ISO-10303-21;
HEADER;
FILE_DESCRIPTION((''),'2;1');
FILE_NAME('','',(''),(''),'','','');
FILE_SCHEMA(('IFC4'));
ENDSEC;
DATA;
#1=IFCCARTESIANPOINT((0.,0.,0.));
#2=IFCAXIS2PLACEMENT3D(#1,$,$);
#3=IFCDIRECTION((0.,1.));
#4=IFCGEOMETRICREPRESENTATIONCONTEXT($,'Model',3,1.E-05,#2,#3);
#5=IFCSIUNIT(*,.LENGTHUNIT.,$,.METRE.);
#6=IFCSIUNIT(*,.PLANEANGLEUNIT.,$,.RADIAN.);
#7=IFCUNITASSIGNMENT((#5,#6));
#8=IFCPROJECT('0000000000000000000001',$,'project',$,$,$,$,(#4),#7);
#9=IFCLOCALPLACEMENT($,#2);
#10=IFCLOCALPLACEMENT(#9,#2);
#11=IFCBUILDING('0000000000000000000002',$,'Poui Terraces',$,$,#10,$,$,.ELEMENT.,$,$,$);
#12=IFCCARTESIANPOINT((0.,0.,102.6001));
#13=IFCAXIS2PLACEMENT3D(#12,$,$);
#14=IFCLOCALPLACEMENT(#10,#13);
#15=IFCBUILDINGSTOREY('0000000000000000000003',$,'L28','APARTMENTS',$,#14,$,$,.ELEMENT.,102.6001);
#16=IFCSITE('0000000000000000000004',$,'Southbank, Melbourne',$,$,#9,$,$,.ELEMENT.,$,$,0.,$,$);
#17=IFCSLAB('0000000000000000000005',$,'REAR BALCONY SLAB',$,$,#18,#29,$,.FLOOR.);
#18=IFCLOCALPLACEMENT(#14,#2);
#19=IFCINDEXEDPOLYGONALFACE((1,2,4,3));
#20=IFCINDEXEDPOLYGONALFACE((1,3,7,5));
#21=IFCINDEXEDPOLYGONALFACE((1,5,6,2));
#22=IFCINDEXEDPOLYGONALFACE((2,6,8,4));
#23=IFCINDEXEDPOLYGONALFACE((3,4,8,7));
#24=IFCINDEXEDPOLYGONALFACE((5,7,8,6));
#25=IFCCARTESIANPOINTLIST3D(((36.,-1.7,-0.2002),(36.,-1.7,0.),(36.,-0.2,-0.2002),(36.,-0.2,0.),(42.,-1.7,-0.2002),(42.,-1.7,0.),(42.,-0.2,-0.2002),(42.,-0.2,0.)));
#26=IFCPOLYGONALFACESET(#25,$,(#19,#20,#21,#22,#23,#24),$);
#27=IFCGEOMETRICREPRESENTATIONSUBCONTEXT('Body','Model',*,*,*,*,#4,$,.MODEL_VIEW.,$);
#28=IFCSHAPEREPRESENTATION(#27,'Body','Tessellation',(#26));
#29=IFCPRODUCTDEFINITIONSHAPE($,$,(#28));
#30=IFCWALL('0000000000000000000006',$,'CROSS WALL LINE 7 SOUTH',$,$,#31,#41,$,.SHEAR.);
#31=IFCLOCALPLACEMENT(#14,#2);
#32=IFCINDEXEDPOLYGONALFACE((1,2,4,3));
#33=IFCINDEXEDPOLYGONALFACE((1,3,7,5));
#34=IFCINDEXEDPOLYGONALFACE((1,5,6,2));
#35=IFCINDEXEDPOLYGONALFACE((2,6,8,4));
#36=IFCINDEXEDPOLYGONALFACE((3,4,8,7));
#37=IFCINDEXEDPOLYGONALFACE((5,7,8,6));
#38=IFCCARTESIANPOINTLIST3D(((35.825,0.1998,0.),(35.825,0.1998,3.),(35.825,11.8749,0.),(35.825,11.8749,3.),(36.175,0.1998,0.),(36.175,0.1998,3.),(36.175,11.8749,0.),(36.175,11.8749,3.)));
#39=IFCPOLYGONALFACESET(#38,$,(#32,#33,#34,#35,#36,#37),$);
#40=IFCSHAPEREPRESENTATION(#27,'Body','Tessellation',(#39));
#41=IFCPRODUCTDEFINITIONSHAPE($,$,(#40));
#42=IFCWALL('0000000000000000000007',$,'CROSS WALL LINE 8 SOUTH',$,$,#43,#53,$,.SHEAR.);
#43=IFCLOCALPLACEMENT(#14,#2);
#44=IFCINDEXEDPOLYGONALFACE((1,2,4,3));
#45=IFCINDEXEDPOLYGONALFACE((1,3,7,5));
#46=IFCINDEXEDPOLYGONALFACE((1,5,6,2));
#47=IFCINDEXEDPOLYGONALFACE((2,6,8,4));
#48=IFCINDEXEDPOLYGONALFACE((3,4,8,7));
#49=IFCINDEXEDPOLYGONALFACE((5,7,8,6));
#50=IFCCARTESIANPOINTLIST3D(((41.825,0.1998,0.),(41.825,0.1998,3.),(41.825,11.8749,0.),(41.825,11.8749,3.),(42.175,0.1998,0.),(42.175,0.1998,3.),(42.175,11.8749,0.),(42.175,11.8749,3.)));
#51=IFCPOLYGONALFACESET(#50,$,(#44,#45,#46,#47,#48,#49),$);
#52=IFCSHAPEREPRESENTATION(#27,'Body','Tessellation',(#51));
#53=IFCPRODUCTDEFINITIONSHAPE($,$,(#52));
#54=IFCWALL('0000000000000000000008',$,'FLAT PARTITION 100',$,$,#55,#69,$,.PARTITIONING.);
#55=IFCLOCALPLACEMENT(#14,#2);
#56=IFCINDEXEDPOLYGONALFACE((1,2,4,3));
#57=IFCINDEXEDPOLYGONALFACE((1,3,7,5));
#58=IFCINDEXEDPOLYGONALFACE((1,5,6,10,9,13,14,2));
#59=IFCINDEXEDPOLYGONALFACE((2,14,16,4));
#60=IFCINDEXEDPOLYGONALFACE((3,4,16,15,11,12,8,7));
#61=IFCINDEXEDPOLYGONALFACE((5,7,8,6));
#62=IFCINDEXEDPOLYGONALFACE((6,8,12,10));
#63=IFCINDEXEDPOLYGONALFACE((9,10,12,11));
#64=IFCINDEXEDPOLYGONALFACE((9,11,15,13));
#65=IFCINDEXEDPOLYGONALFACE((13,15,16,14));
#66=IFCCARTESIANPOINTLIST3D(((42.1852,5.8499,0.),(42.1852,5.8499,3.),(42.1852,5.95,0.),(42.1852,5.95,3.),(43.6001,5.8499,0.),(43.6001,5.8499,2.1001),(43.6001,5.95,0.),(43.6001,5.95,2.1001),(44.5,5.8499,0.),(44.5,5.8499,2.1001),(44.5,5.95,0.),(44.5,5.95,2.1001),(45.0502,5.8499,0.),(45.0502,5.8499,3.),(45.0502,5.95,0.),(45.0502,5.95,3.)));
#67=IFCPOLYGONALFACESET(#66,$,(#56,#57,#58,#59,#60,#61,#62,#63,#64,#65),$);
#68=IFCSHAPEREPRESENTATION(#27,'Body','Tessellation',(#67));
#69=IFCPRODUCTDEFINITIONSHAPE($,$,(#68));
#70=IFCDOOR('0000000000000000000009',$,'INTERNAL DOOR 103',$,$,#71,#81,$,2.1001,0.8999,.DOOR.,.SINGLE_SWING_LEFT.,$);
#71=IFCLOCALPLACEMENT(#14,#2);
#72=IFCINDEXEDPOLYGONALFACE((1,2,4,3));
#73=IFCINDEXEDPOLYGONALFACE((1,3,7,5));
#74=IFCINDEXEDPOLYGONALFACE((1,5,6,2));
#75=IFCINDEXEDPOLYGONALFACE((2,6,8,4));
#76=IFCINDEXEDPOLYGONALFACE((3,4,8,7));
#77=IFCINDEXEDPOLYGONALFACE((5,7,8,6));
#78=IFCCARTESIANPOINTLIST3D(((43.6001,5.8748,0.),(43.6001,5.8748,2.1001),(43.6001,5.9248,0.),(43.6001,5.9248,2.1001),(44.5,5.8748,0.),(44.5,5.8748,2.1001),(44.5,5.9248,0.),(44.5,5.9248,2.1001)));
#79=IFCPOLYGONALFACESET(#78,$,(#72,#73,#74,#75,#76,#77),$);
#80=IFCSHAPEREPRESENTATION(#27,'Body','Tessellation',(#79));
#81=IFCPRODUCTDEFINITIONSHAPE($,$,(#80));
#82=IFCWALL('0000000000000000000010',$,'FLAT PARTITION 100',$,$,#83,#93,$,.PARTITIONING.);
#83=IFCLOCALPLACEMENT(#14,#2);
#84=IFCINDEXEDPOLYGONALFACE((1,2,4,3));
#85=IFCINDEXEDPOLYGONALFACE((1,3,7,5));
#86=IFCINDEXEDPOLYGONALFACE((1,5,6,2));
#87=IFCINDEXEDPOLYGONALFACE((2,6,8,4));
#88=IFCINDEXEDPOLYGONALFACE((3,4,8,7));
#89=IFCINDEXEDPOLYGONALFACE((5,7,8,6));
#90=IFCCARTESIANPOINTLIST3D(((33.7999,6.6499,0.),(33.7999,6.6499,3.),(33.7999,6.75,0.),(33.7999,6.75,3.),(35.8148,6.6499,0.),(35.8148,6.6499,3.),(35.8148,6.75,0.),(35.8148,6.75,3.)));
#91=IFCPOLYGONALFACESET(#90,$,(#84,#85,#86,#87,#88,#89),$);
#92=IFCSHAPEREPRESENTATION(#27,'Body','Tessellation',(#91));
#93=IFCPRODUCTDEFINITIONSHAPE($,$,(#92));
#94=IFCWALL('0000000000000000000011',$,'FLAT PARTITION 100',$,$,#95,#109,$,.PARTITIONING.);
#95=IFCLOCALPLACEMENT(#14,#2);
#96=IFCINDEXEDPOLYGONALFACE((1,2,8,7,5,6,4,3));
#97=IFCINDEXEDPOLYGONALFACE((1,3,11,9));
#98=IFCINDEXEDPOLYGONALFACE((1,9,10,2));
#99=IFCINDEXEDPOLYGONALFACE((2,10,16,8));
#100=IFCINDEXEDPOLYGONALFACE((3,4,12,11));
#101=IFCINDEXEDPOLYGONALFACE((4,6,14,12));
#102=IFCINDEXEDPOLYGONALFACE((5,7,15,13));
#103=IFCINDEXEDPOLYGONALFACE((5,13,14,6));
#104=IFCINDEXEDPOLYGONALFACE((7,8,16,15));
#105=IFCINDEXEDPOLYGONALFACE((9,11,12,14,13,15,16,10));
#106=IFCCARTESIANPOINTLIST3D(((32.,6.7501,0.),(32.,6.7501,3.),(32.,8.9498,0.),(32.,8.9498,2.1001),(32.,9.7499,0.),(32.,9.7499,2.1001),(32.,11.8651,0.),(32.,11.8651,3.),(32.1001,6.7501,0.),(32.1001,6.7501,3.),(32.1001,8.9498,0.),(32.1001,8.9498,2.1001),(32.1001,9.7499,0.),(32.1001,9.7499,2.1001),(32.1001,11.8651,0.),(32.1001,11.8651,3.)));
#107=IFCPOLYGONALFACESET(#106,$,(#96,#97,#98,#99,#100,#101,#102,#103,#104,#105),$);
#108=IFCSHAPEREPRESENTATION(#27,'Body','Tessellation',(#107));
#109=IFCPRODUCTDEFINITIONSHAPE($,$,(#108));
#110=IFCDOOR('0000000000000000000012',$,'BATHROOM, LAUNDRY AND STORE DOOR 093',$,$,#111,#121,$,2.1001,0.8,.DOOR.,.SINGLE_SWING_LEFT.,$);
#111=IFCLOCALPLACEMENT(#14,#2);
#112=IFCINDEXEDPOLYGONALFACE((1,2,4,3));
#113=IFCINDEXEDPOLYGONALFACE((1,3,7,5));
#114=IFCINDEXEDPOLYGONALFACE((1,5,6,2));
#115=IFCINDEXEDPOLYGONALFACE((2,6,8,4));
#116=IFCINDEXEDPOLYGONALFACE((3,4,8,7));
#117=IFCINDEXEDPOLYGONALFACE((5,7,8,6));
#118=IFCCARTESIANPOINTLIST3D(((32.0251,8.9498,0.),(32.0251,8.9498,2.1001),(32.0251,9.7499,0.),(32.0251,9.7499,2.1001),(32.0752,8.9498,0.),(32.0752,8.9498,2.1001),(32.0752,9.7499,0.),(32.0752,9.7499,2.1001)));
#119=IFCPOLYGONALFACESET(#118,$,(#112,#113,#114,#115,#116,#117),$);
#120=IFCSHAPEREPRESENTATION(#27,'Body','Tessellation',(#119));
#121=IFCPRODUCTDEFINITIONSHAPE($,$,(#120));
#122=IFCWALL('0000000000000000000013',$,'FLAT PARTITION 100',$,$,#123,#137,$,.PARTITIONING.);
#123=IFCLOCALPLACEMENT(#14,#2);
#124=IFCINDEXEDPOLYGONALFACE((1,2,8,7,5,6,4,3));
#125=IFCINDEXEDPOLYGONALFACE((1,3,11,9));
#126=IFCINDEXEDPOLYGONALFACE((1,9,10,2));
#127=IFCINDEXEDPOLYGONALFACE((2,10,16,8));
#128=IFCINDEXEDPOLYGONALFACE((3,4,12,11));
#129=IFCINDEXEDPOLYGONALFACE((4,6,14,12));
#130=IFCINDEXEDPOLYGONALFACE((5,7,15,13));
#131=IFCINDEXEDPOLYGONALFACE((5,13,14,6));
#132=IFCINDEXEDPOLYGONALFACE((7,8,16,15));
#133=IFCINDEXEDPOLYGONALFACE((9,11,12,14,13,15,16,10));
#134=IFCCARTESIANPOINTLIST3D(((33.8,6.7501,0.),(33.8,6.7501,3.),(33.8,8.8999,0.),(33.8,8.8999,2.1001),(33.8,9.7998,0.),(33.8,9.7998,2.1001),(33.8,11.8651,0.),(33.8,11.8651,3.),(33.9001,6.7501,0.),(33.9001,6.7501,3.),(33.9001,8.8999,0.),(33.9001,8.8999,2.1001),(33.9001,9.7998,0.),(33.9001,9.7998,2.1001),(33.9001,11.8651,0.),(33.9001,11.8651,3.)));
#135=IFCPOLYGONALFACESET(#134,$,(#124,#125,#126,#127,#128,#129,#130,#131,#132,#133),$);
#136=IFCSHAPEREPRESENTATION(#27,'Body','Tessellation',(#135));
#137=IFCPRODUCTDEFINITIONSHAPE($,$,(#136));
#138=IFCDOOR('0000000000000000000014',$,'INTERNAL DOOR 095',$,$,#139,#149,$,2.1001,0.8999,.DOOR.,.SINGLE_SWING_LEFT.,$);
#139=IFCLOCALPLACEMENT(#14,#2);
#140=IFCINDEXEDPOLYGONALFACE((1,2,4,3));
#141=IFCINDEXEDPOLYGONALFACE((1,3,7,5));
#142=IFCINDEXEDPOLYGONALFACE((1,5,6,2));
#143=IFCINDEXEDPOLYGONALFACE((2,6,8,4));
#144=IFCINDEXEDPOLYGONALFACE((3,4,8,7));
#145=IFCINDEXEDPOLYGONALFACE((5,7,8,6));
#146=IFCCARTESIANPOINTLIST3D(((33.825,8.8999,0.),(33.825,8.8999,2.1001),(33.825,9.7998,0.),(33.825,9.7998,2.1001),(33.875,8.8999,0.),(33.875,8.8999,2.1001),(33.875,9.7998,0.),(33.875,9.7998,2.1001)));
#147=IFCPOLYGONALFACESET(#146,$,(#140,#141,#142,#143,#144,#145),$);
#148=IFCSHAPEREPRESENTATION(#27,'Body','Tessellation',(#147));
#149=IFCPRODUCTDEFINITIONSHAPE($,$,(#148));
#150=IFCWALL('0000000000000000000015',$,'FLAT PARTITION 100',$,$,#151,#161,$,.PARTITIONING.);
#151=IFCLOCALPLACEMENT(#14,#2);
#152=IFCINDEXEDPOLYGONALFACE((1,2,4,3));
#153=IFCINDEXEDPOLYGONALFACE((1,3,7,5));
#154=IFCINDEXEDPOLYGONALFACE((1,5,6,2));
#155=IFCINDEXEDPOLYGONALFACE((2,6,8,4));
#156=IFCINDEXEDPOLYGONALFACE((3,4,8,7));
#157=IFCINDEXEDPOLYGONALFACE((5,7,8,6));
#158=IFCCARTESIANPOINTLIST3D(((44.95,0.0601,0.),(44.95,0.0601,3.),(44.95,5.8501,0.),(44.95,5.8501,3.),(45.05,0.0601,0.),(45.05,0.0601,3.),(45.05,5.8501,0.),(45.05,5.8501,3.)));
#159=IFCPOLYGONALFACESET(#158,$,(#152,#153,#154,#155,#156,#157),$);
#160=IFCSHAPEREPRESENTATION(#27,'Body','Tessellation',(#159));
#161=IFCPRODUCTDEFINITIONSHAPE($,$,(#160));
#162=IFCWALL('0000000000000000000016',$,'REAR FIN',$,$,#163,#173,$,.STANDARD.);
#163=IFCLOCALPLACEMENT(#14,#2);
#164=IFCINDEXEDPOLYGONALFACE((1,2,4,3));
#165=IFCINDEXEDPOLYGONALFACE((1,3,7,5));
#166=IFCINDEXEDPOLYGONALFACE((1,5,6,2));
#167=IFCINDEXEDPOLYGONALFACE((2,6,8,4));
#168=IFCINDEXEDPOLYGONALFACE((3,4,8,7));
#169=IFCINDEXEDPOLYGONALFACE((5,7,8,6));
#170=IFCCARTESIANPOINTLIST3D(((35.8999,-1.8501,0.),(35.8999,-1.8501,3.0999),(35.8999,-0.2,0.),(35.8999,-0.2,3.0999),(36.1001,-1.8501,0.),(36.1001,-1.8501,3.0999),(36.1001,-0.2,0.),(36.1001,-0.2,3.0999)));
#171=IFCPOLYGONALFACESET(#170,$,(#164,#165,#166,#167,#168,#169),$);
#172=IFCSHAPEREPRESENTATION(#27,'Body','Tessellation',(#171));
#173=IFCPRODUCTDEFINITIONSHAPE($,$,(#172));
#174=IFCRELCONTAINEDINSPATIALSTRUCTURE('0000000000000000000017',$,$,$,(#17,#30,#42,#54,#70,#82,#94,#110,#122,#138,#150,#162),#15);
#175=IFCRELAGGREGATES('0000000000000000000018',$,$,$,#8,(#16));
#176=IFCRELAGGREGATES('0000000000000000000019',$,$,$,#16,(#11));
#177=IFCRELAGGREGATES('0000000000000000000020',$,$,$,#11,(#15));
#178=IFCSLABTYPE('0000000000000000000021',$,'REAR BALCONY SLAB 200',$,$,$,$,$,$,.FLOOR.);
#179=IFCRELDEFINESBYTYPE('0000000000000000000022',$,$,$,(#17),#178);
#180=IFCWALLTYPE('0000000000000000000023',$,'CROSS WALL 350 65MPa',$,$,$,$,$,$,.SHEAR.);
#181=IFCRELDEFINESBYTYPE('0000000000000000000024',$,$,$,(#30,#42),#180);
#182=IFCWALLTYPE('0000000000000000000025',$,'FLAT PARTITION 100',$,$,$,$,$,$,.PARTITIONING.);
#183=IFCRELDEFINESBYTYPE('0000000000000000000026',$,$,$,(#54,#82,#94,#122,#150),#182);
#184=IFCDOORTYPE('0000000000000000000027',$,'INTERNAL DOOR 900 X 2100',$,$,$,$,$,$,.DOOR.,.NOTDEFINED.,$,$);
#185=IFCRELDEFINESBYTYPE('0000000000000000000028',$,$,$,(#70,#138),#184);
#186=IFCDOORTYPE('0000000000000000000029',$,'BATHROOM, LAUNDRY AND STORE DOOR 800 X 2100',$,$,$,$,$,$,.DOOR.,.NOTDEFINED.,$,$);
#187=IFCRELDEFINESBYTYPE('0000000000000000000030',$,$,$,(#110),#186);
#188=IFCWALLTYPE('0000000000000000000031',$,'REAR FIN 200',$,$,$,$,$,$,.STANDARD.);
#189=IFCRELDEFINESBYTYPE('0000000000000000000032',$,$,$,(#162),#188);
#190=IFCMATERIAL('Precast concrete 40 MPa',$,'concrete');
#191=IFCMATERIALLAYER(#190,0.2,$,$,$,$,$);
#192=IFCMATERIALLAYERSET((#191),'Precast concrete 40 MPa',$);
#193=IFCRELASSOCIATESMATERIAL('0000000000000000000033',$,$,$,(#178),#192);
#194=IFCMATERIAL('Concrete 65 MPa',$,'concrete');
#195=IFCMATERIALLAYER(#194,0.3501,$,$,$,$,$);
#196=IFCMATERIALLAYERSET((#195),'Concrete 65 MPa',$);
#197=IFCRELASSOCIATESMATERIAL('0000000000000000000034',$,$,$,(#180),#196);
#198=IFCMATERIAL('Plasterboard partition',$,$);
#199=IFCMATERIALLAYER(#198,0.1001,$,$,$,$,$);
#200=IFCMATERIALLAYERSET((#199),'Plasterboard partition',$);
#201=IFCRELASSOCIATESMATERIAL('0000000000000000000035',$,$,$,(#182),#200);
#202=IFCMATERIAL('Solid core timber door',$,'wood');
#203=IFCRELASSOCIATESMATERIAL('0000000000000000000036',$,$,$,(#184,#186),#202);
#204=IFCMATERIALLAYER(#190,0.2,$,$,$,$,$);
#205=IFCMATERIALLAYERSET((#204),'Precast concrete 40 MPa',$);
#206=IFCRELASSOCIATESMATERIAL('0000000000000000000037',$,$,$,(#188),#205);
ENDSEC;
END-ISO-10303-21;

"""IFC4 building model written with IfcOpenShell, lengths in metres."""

from ifc_helpers import new_model, si_unit, direction, frame, frame_2d, origin, place, context, subcontext, project, spatial, polyline, rectangle, outline, extrude, source, transform, mapped, material, layer, layer_set, type_object, element, fill, save


model = new_model("IFC4")

# Units and contexts
model_context = context("Model", 3, precision=1e-05, world=origin(), true_north=direction((0.0, 1.0)))
body_context = subcontext(model_context, "Body", "Model", "MODEL_VIEW")
ifc_project = project(units=[si_unit("LENGTHUNIT", "METRE"), si_unit("PLANEANGLEUNIT", "RADIAN")], contexts=[model_context])

# Site, building, storey
site_placement = place(None, origin())
site = spatial("IfcSite", under=ifc_project, at=site_placement, Name="Southbank, Melbourne", CompositionType="ELEMENT", RefElevation=0.0)
building_placement = place(site_placement, origin())
building = spatial("IfcBuilding", under=site, at=building_placement, Name="Poui Terraces", CompositionType="ELEMENT")
storey_placement = place(building_placement, frame((0.0, 0.0, 102.6001)))
storey = spatial("IfcBuildingStorey", under=building, at=storey_placement, Name="L28", Description="APARTMENTS", CompositionType="ELEMENT", Elevation=102.6001)

# Slab
ifc_material_1 = material(Name="Precast concrete 40 MPa", Category="concrete")
ifc_layer_1 = layer(ifc_material_1, 0.2)
ifc_layer_set_1 = layer_set([ifc_layer_1], Name="Precast concrete 40 MPa")
slab_type = type_object("IfcSlabType", Name="REAR BALCONY SLAB 200", PredefinedType="FLOOR", material=ifc_layer_set_1)
shared_shape_1 = source(origin(), body_context, "Body", "SweptSolid", [
    extrude(outline(polyline([(0.0, 0.0), (6.0, 0.0), (6.0, 1.5), (0.0, 1.5), (0.0, 0.0)])), origin(), (0.0, 0.0, 1.0), 0.2002),
])
slab_placement = place(storey_placement, frame((36.0, -1.7, -0.2002)))
element("IfcSlab", 1, at=slab_placement, inside=storey, type_object=slab_type, Name="REAR BALCONY SLAB", PredefinedType="FLOOR", context=body_context, shape_type="MappedRepresentation", body=[
    mapped(shared_shape_1, transform((0.0, 0.0, 0.0))),
])

# Walls
ifc_material_2 = material(Name="Concrete 65 MPa", Category="concrete")
ifc_layer_2 = layer(ifc_material_2, 0.3501)
ifc_layer_set_2 = layer_set([ifc_layer_2], Name="Concrete 65 MPa")
wall_type_1 = type_object("IfcWallType", Name="CROSS WALL 350 65MPa", PredefinedType="SHEAR", material=ifc_layer_set_2)
for number, where, z_axis, x_axis, name in (
    (2, (36.0, 0.2, 0.0), (0.0, 0.0, 1.0), (0.0, 1.0, 0.0), "CROSS WALL LINE 7 SOUTH"),
    (3, (42.0, 0.2, 0.0), (0.0, 0.0, 1.0), (0.0, 1.0, 0.0), "CROSS WALL LINE 8 SOUTH"),
):
    element("IfcWall", number, at=place(storey_placement, frame(where, z_axis=z_axis, x_axis=x_axis)), inside=storey, type_object=wall_type_1, Name=name, PredefinedType="SHEAR", context=body_context, shape_type="SweptSolid", body=[
        extrude(rectangle(XDim=11.675, YDim=0.3501, at=frame_2d((5.8374, 0.0))), origin(), (0.0, 0.0, 1.0), 3.0),
    ])

# Wall, opening, door
ifc_material_3 = material(Name="Plasterboard partition")
ifc_layer_3 = layer(ifc_material_3, 0.1001)
ifc_layer_set_3 = layer_set([ifc_layer_3], Name="Plasterboard partition")
wall_type_2 = type_object("IfcWallType", Name="FLAT PARTITION 100", PredefinedType="PARTITIONING", material=ifc_layer_set_3)
wall_1_placement = place(storey_placement, frame((42.1851, 5.8999, 0.0), z_axis=(0.0, 0.0, 1.0), x_axis=(1.0, 0.0, 0.0)))
wall_1 = element("IfcWall", 4, at=wall_1_placement, inside=storey, type_object=wall_type_2, Name="FLAT PARTITION 100", PredefinedType="PARTITIONING", context=body_context, shape_type="SweptSolid", body=[
    extrude(rectangle(XDim=2.865, YDim=0.1001, at=frame_2d((1.4326, 0.0))), origin(), (0.0, 0.0, 1.0), 3.0),
])
opening_1_placement = place(wall_1_placement, frame((1.415, 0.0, 0.0)))
opening_1 = element("IfcOpeningElement", 5, at=opening_1_placement, cuts=wall_1, PredefinedType="OPENING", context=body_context, shape_type="SweptSolid", body=[
    extrude(rectangle(XDim=0.8999, YDim=2.1001, at=frame_2d((0.45, 1.05))), frame((0.0, 0.0601, 0.0), z_axis=(0.0, -1.0, 0.0), x_axis=(1.0, 0.0, 0.0)), (0.0, 0.0, 1.0), 0.1201),
])
ifc_material_4 = material(Name="Solid core timber door", Category="wood")
door_type_1 = type_object("IfcDoorType", Name="INTERNAL DOOR 900 X 2100", OperationType="NOTDEFINED", PredefinedType="DOOR", material=ifc_material_4)
door_1_placement = place(opening_1_placement, origin())
door_1 = element("IfcDoor", 6, at=door_1_placement, inside=storey, type_object=door_type_1, Name="INTERNAL DOOR 103", OperationType="SINGLE_SWING_LEFT", OverallHeight=2.1001, OverallWidth=0.8999, PredefinedType="DOOR", context=body_context, shape_type="SweptSolid", body=[
    extrude(rectangle(XDim=0.8999, YDim=2.1001, at=frame_2d((0.45, 1.05))), frame((0.0, 0.0249, 0.0), z_axis=(0.0, -1.0, 0.0), x_axis=(1.0, 0.0, 0.0)), (0.0, 0.0, 1.0), 0.05),
])
fill(opening_1, door_1)

# Wall
wall_2_placement = place(storey_placement, frame((33.8, 6.7, 0.0), z_axis=(0.0, 0.0, 1.0), x_axis=(1.0, 0.0, 0.0)))
element("IfcWall", 7, at=wall_2_placement, inside=storey, type_object=wall_type_2, Name="FLAT PARTITION 100", PredefinedType="PARTITIONING", context=body_context, shape_type="SweptSolid", body=[
    extrude(rectangle(XDim=2.0149, YDim=0.1001, at=frame_2d((1.0073, 0.0))), origin(), (0.0, 0.0, 1.0), 3.0),
])

# Walls, openings, doors
wall_3_placement = place(storey_placement, frame((32.05, 6.75, 0.0), z_axis=(0.0, 0.0, 1.0), x_axis=(0.0, 1.0, 0.0)))
wall_3 = element("IfcWall", 8, at=wall_3_placement, inside=storey, type_object=wall_type_2, Name="FLAT PARTITION 100", PredefinedType="PARTITIONING", context=body_context, shape_type="SweptSolid", body=[
    extrude(rectangle(XDim=5.115, YDim=0.1001, at=frame_2d((2.5576, 0.0))), origin(), (0.0, 0.0, 1.0), 3.0),
])
opening_2_placement = place(wall_3_placement, frame((2.2, 0.0, 0.0)))
opening_2 = element("IfcOpeningElement", 9, at=opening_2_placement, cuts=wall_3, PredefinedType="OPENING", context=body_context, shape_type="SweptSolid", body=[
    extrude(rectangle(XDim=0.8, YDim=2.1001, at=frame_2d((0.3999, 1.05))), frame((0.0, 0.0601, 0.0), z_axis=(0.0, -1.0, 0.0), x_axis=(1.0, 0.0, 0.0)), (0.0, 0.0, 1.0), 0.1201),
])
door_type_2 = type_object("IfcDoorType", Name="BATHROOM, LAUNDRY AND STORE DOOR 800 X 2100", OperationType="NOTDEFINED", PredefinedType="DOOR", material=ifc_material_4)
door_2_placement = place(opening_2_placement, origin())
door_2 = element("IfcDoor", 10, at=door_2_placement, inside=storey, type_object=door_type_2, Name="BATHROOM, LAUNDRY AND STORE DOOR 093", OperationType="SINGLE_SWING_LEFT", OverallHeight=2.1001, OverallWidth=0.8, PredefinedType="DOOR", context=body_context, shape_type="SweptSolid", body=[
    extrude(rectangle(XDim=0.8, YDim=2.1001, at=frame_2d((0.3999, 1.05))), frame((0.0, 0.0249, 0.0), z_axis=(0.0, -1.0, 0.0), x_axis=(1.0, 0.0, 0.0)), (0.0, 0.0, 1.0), 0.05),
])
fill(opening_2, door_2)
wall_4_placement = place(storey_placement, frame((33.8501, 6.75, 0.0), z_axis=(0.0, 0.0, 1.0), x_axis=(0.0, 1.0, 0.0)))
wall_4 = element("IfcWall", 11, at=wall_4_placement, inside=storey, type_object=wall_type_2, Name="FLAT PARTITION 100", PredefinedType="PARTITIONING", context=body_context, shape_type="SweptSolid", body=[
    extrude(rectangle(XDim=5.115, YDim=0.1001, at=frame_2d((2.5576, 0.0))), origin(), (0.0, 0.0, 1.0), 3.0),
])
opening_3_placement = place(wall_4_placement, frame((2.1499, 0.0, 0.0)))
opening_3 = element("IfcOpeningElement", 12, at=opening_3_placement, cuts=wall_4, PredefinedType="OPENING", context=body_context, shape_type="SweptSolid", body=[
    extrude(rectangle(XDim=0.8999, YDim=2.1001, at=frame_2d((0.45, 1.05))), frame((0.0, 0.0601, 0.0), z_axis=(0.0, -1.0, 0.0), x_axis=(1.0, 0.0, 0.0)), (0.0, 0.0, 1.0), 0.1201),
])
door_3_placement = place(opening_3_placement, frame((0.8999, 0.0, 0.0), z_axis=(0.0, 0.0, 1.0), x_axis=(-1.0, 0.0, 0.0)))
door_3 = element("IfcDoor", 13, at=door_3_placement, inside=storey, type_object=door_type_1, Name="INTERNAL DOOR 095", OperationType="SINGLE_SWING_LEFT", OverallHeight=2.1001, OverallWidth=0.8999, PredefinedType="DOOR", context=body_context, shape_type="SweptSolid", body=[
    extrude(rectangle(XDim=0.8999, YDim=2.1001, at=frame_2d((0.45, 1.05))), frame((0.0, 0.0249, 0.0), z_axis=(0.0, -1.0, 0.0), x_axis=(1.0, 0.0, 0.0)), (0.0, 0.0, 1.0), 0.05),
])
fill(opening_3, door_3)

# Walls
wall_5_placement = place(storey_placement, frame((45.0, 0.0601, 0.0), z_axis=(0.0, 0.0, 1.0), x_axis=(0.0, 1.0, 0.0)))
element("IfcWall", 14, at=wall_5_placement, inside=storey, type_object=wall_type_2, Name="FLAT PARTITION 100", PredefinedType="PARTITIONING", context=body_context, shape_type="SweptSolid", body=[
    extrude(rectangle(XDim=5.79, YDim=0.1001, at=frame_2d((2.895, 0.0))), origin(), (0.0, 0.0, 1.0), 3.0),
])
ifc_layer_4 = layer(ifc_material_1, 0.2)
ifc_layer_set_4 = layer_set([ifc_layer_4], Name="Precast concrete 40 MPa")
wall_type_3 = type_object("IfcWallType", Name="REAR FIN 200", PredefinedType="STANDARD", material=ifc_layer_set_4)
shared_shape_2 = source(origin(), body_context, "Body", "SweptSolid", [
    extrude(outline(polyline([(0.0, 0.0), (0.2002, 0.0), (0.2002, 1.6501), (0.0, 1.6501), (0.0, 0.0)])), origin(), (0.0, 0.0, 1.0), 3.0999),
])
for number, where, name in (
    (15, (35.8999, -1.8501, 0.0), "REAR FIN"),
):
    element("IfcWall", number, at=place(storey_placement, frame(where)), inside=storey, type_object=wall_type_3, Name=name, PredefinedType="STANDARD", context=body_context, shape_type="MappedRepresentation", body=[
        mapped(shared_shape_2, transform((0.0, 0.0, 0.0))),
    ])

save(model, "model.ifc")
